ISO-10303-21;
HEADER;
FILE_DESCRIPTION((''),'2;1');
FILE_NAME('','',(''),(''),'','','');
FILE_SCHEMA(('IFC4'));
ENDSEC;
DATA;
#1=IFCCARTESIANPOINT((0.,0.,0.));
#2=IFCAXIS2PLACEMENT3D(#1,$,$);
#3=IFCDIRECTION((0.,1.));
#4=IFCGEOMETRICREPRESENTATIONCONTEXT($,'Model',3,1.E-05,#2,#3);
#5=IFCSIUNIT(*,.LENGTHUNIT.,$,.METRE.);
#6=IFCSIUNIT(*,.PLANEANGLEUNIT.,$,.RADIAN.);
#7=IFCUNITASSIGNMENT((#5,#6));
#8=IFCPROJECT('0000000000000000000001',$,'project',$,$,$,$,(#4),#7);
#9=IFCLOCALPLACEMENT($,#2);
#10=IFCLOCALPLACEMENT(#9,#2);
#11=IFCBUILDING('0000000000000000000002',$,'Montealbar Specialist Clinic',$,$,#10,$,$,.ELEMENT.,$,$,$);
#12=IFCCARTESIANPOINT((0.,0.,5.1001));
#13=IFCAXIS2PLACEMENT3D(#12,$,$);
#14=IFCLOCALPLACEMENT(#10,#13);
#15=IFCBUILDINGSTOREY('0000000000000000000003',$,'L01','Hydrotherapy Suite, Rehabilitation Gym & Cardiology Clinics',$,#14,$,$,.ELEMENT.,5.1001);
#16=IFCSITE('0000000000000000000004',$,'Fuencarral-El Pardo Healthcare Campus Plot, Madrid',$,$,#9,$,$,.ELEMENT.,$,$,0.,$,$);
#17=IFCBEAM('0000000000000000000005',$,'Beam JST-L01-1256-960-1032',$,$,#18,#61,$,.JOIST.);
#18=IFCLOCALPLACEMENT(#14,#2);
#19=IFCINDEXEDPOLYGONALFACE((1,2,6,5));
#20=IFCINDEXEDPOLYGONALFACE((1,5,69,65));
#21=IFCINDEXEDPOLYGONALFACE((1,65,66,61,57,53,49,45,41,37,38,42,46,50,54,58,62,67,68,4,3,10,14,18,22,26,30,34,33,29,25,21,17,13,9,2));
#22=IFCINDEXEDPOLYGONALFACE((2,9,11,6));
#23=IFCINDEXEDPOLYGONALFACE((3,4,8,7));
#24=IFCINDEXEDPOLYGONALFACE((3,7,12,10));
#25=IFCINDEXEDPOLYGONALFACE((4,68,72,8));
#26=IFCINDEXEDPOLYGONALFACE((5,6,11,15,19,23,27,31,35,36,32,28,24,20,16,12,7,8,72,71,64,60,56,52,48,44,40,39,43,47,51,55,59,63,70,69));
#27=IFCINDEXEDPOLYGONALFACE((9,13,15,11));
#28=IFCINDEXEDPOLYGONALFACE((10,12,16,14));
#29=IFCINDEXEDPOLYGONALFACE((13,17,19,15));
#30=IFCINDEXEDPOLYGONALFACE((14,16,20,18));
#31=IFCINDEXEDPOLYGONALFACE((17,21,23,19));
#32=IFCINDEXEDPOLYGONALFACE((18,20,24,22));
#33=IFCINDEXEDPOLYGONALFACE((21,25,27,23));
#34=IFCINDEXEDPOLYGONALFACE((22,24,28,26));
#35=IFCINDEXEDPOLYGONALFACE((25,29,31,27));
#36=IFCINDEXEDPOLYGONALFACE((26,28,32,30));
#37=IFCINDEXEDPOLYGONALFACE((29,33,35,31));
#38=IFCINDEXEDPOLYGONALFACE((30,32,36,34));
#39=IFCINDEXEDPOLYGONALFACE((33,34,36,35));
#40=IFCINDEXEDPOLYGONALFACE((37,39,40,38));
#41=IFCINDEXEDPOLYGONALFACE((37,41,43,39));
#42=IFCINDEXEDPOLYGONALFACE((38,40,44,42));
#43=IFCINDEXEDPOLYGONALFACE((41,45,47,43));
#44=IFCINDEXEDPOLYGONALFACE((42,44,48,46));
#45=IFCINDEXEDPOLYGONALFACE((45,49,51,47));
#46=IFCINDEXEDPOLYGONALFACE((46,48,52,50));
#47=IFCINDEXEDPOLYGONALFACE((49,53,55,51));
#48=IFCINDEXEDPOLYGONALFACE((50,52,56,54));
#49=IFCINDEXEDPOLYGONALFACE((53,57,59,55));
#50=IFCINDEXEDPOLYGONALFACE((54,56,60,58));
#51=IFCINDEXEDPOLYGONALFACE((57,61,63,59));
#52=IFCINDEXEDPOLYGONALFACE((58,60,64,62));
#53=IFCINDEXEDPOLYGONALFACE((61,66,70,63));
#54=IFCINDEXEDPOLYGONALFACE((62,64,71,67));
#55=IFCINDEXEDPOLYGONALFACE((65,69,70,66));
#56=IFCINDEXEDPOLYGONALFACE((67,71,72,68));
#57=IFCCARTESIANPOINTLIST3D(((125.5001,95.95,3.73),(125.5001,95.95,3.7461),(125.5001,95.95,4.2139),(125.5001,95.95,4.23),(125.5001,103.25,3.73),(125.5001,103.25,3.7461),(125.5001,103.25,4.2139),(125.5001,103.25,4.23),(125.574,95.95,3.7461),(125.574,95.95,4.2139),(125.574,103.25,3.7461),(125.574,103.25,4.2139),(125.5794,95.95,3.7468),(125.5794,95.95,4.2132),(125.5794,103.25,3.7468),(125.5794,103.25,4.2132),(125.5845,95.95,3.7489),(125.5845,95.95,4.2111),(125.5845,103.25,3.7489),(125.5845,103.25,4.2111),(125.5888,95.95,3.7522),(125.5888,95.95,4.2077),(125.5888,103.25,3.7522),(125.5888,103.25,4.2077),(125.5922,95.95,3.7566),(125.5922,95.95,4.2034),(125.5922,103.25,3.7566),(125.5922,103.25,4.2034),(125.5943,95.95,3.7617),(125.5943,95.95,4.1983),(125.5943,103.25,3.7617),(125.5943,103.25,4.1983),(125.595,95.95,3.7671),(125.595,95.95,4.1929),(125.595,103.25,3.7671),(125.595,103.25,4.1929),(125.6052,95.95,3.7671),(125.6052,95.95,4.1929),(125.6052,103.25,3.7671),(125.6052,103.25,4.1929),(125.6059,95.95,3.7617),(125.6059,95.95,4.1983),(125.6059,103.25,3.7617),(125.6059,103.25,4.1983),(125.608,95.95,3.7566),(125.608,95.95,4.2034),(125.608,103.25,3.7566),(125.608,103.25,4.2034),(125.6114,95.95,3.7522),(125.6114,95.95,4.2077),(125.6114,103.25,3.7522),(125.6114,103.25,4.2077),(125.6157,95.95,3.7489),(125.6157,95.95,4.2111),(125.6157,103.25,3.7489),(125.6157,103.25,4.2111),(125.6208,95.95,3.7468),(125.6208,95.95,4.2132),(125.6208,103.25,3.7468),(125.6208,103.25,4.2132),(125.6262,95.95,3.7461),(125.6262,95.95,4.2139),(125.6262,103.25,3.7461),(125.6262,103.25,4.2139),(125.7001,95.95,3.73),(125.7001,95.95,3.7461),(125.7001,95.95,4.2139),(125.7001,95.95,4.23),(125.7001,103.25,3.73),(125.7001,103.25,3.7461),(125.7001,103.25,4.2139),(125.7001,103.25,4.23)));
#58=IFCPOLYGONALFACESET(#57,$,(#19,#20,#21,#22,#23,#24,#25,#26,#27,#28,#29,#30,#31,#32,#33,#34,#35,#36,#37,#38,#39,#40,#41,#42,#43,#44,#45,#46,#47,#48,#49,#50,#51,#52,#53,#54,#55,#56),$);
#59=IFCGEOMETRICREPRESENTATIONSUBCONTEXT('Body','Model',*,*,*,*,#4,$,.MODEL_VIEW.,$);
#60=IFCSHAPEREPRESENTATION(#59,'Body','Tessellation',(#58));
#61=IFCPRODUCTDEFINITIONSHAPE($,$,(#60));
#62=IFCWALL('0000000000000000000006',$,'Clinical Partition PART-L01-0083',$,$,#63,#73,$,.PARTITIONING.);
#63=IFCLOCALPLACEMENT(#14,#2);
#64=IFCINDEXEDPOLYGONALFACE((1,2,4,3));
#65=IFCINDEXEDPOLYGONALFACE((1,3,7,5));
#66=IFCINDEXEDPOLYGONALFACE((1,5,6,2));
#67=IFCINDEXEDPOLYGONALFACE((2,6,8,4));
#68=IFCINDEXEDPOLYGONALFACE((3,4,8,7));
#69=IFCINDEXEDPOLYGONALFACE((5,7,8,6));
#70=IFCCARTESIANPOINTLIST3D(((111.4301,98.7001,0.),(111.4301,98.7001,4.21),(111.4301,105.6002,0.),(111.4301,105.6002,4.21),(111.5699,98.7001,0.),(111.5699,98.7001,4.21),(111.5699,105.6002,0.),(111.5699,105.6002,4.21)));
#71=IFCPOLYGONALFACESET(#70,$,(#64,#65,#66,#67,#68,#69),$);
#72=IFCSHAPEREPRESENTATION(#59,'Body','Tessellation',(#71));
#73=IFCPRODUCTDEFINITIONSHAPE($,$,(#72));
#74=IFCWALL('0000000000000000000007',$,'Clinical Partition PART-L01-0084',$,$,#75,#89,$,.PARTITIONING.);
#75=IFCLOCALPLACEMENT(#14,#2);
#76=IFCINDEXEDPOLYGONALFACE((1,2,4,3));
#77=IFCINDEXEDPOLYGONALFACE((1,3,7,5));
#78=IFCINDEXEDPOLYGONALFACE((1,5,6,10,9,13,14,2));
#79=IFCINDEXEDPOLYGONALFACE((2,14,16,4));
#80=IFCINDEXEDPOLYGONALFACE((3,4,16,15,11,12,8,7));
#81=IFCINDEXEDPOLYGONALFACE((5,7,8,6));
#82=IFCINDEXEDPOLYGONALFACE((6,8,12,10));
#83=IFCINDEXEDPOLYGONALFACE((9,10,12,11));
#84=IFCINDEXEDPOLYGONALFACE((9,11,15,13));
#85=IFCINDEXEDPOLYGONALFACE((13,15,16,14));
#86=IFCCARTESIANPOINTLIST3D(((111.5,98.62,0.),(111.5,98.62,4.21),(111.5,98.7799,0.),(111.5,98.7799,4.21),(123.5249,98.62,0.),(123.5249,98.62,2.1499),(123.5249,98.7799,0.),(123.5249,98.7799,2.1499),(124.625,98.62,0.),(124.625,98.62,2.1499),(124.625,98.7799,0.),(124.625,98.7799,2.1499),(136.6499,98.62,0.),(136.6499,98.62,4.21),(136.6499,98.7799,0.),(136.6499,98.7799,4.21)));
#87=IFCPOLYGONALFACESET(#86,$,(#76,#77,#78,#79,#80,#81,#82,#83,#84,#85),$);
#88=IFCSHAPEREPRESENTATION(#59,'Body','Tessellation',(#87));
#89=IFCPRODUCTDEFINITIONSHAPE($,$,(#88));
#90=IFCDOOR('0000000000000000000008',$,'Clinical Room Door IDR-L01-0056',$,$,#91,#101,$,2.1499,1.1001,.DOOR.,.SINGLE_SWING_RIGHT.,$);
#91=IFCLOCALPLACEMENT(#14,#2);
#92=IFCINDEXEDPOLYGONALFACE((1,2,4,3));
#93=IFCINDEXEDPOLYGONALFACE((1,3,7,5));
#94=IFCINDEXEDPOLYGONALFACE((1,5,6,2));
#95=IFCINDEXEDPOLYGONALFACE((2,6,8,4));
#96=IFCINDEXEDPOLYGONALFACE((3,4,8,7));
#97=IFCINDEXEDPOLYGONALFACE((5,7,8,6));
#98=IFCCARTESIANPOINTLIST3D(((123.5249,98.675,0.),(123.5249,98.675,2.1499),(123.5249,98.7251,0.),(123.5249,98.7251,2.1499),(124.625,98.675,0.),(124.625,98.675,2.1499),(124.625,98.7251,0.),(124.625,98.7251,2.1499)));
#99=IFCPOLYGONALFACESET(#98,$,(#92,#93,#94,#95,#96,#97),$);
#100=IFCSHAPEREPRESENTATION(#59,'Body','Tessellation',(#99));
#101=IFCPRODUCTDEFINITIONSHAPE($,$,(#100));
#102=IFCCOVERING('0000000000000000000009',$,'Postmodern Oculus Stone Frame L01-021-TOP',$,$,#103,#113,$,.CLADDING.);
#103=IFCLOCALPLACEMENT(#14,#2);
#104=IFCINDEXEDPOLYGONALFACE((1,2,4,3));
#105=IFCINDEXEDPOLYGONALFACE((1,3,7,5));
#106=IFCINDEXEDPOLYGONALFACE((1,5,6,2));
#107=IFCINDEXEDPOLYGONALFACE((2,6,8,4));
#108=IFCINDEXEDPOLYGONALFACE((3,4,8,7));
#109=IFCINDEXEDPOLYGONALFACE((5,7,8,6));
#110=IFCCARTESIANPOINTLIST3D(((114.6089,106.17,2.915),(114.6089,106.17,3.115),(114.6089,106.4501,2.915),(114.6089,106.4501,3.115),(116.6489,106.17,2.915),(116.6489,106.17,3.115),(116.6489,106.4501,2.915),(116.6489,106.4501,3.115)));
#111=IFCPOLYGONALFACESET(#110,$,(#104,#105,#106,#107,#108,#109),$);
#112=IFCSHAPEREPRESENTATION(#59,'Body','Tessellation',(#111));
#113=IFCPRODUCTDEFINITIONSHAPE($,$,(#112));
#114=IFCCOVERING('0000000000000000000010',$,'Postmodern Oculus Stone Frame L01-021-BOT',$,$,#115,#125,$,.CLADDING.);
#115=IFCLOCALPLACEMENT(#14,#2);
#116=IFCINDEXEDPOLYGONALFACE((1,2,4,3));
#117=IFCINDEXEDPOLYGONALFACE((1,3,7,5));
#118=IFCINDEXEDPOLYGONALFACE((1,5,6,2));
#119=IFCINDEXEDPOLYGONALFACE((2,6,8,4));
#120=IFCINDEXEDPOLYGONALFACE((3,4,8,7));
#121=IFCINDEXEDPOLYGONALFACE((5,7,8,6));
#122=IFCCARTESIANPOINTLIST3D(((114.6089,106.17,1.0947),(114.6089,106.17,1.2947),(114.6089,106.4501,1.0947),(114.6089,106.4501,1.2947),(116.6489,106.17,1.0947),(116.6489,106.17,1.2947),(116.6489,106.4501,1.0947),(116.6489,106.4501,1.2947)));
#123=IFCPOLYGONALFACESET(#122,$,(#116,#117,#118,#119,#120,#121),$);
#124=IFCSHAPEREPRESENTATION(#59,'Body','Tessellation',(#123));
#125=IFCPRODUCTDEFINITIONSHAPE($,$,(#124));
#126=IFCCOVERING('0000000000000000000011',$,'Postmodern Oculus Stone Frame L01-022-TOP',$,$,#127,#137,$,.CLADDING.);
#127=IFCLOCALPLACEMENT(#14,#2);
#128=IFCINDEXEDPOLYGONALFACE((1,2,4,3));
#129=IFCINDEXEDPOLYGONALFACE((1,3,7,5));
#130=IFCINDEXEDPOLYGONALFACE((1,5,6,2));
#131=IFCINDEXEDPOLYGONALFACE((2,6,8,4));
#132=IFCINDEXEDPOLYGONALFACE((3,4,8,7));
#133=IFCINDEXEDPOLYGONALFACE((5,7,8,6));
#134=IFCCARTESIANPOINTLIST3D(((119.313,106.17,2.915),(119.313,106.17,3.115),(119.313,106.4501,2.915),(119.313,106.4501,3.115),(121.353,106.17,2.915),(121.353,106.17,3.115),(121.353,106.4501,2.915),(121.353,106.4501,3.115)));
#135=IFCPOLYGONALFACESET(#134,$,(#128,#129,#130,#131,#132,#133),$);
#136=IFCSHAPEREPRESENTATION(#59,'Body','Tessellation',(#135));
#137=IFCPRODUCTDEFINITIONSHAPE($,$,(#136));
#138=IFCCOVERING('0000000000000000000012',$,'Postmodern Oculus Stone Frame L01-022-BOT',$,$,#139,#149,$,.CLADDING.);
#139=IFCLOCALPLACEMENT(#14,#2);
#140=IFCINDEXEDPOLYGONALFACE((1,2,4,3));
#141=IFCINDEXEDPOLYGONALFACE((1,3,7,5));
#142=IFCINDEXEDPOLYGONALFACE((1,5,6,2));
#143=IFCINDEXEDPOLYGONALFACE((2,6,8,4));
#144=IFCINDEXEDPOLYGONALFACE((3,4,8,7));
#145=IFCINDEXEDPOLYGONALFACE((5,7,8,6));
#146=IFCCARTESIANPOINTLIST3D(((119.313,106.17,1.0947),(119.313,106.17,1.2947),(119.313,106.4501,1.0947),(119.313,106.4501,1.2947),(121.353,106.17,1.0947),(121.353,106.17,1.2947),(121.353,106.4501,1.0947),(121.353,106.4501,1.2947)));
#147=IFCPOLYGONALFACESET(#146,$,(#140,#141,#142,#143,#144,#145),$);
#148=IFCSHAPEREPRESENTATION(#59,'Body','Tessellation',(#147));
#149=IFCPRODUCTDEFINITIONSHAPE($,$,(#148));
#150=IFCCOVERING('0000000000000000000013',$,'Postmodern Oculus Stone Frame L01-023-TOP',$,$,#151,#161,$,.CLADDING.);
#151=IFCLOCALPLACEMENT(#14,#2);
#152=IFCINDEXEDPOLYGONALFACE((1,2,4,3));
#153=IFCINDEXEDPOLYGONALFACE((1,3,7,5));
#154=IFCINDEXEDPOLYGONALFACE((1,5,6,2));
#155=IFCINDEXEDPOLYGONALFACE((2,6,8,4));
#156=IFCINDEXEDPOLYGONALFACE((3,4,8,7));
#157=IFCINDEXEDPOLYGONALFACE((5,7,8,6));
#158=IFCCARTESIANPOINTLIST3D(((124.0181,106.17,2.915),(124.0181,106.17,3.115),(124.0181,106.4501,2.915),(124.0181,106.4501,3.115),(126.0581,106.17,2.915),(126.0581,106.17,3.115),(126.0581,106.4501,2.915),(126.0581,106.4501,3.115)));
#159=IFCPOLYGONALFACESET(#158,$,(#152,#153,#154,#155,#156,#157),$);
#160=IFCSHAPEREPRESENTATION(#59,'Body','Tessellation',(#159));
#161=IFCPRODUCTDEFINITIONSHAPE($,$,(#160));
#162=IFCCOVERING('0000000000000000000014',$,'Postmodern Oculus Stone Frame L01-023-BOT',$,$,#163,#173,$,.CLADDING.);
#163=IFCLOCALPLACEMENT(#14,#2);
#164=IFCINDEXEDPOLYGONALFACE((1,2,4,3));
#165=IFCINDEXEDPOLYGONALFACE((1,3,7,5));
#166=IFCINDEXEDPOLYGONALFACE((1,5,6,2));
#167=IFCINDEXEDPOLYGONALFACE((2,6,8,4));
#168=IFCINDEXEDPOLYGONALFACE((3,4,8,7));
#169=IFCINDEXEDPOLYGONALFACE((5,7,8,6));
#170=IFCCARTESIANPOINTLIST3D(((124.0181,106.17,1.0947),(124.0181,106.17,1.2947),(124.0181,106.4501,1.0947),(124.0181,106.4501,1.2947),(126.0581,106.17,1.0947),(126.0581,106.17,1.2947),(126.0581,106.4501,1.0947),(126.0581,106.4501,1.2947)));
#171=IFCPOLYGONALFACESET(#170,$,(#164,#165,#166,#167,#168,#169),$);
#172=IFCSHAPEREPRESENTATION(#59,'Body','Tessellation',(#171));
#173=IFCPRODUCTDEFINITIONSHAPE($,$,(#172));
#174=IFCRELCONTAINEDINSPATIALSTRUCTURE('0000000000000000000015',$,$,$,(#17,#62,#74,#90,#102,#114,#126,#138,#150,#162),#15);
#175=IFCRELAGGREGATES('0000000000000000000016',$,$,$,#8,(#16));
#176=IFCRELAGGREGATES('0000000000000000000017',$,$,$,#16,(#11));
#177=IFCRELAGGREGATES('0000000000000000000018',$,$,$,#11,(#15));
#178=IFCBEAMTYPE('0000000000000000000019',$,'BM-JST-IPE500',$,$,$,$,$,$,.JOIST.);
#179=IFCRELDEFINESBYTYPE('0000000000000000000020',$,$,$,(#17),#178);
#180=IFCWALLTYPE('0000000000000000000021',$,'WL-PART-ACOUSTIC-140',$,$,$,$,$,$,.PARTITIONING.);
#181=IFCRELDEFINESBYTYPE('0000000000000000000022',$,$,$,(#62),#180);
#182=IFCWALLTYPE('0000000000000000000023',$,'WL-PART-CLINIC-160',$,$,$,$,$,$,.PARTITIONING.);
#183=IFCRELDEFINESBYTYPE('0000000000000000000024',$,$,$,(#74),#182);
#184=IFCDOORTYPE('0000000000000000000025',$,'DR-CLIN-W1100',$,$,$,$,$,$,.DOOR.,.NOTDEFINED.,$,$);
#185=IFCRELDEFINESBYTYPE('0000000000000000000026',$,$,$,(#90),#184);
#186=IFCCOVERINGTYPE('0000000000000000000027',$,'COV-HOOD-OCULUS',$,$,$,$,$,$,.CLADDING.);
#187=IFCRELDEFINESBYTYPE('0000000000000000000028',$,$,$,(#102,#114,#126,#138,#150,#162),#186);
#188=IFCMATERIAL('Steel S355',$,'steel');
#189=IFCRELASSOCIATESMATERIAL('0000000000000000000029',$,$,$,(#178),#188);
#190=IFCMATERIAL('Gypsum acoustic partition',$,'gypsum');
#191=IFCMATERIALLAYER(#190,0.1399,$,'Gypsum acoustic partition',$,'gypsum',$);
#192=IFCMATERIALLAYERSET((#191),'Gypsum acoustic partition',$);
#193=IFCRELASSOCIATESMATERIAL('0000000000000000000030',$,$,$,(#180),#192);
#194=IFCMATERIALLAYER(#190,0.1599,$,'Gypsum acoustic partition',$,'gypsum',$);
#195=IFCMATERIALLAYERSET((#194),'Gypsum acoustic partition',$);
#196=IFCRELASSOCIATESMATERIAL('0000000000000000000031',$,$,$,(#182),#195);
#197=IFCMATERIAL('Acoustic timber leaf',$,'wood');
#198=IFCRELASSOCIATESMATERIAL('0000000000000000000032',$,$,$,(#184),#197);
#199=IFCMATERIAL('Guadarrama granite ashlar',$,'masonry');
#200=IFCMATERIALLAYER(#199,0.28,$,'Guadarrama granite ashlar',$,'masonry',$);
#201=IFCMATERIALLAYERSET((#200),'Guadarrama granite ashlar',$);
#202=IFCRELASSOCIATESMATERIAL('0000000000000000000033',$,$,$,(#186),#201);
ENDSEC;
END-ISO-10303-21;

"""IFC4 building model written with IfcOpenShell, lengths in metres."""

from ifc_helpers import new_model, si_unit, direction, frame, frame_2d, origin, origin_2d, place, context, subcontext, project, spatial, rectangle, i_section, extrude, material, layer, layer_set, material_profile, profile_set, type_object, element, fill, save


model = new_model("IFC4")

# Units and contexts
model_context = context("Model", 3, precision=1e-05, world=origin(), true_north=direction((0.0, 1.0)))
body_context = subcontext(model_context, "Body", "Model", "MODEL_VIEW")
ifc_project = project(units=[si_unit("LENGTHUNIT", "METRE"), si_unit("PLANEANGLEUNIT", "RADIAN")], contexts=[model_context])

# Site, building, storey
site_placement = place(None, origin())
site = spatial("IfcSite", under=ifc_project, at=site_placement, Name="Fuencarral-El Pardo Healthcare Campus Plot, Madrid", CompositionType="ELEMENT", RefElevation=0.0)
building_placement = place(site_placement, origin())
building = spatial("IfcBuilding", under=site, at=building_placement, Name="Montealbar Specialist Clinic", CompositionType="ELEMENT")
storey_placement = place(building_placement, frame((0.0, 0.0, 5.1001)))
storey = spatial("IfcBuildingStorey", under=building, at=storey_placement, Name="L01", Description="Hydrotherapy Suite, Rehabilitation Gym & Cardiology Clinics", CompositionType="ELEMENT", Elevation=5.1001)

# Shared definitions
ifc_material_1 = material(Name="Steel S355", Category="steel")
ifc_material_2 = material(Name="Guadarrama granite ashlar", Category="masonry")

# Beam
ifc_material_profile_1 = material_profile(ifc_material_1, i_section(OverallWidth=0.2, OverallDepth=0.5, WebThickness=0.0103, FlangeThickness=0.0161, FilletRadius=0.021, at=origin_2d()), Name="IPE 500", Category="steel")
ifc_profile_set_1 = profile_set([ifc_material_profile_1], Name="Steel S355")
beam_type_1 = type_object("IfcBeamType", Name="BM-JST-IPE500", PredefinedType="JOIST", material=ifc_profile_set_1)
beam_1_placement = place(storey_placement, frame((125.6001, 95.95, 3.98), z_axis=(0.0, 1.0, 0.0), x_axis=(-1.0, 0.0, 0.0)))
element("IfcBeam", 1, at=beam_1_placement, inside=storey, type_object=beam_type_1, Name="Beam JST-L01-1256-960-1032", PredefinedType="JOIST", context=body_context, shape_type="SweptSolid", body=[
    extrude(i_section(OverallWidth=0.2, OverallDepth=0.5, WebThickness=0.0103, FlangeThickness=0.0161, FilletRadius=0.021, at=origin_2d()), origin(), (0.0, 0.0, 1.0), 7.3),
])

# Wall
ifc_material_3 = material(Name="Gypsum acoustic partition", Category="gypsum")
ifc_layer_1 = layer(ifc_material_3, 0.1399, Name="Gypsum acoustic partition", Category="gypsum")
ifc_layer_set_1 = layer_set([ifc_layer_1], Name="Gypsum acoustic partition")
wall_type_1 = type_object("IfcWallType", Name="WL-PART-ACOUSTIC-140", PredefinedType="PARTITIONING", material=ifc_layer_set_1)
wall_1_placement = place(storey_placement, frame((111.5, 98.7, 0.0), z_axis=(0.0, 0.0, 1.0), x_axis=(0.0, 1.0, 0.0)))
element("IfcWall", 2, at=wall_1_placement, inside=storey, type_object=wall_type_1, Name="Clinical Partition PART-L01-0083", PredefinedType="PARTITIONING", context=body_context, shape_type="SweptSolid", body=[
    extrude(rectangle(XDim=6.9001, YDim=0.1399, at=frame_2d((3.4502, 0.0))), origin(), (0.0, 0.0, 1.0), 4.21),
])

# Wall, opening, door
ifc_layer_2 = layer(ifc_material_3, 0.1599, Name="Gypsum acoustic partition", Category="gypsum")
ifc_layer_set_2 = layer_set([ifc_layer_2], Name="Gypsum acoustic partition")
wall_type_2 = type_object("IfcWallType", Name="WL-PART-CLINIC-160", PredefinedType="PARTITIONING", material=ifc_layer_set_2)
wall_2_placement = place(storey_placement, frame((111.5, 98.7, 0.0), z_axis=(0.0, 0.0, 1.0), x_axis=(1.0, 0.0, 0.0)))
wall_2 = element("IfcWall", 3, at=wall_2_placement, inside=storey, type_object=wall_type_2, Name="Clinical Partition PART-L01-0084", PredefinedType="PARTITIONING", context=body_context, shape_type="SweptSolid", body=[
    extrude(rectangle(XDim=25.1499, YDim=0.1599, at=frame_2d((12.575, 0.0))), origin(), (0.0, 0.0, 1.0), 4.21),
])
opening_placement = place(wall_2_placement, frame((12.0249, 0.0, 0.0)))
opening = element("IfcOpeningElement", 4, at=opening_placement, cuts=wall_2, PredefinedType="OPENING", context=body_context, shape_type="SweptSolid", body=[
    extrude(rectangle(XDim=1.1001, YDim=2.1499, at=frame_2d((0.55, 1.075))), frame((0.0, 0.0898, 0.0), z_axis=(0.0, -1.0, 0.0), x_axis=(1.0, 0.0, 0.0)), (0.0, 0.0, 1.0), 0.1799),
])
ifc_material_4 = material(Name="Acoustic timber leaf", Category="wood")
door_type = type_object("IfcDoorType", Name="DR-CLIN-W1100", OperationType="NOTDEFINED", PredefinedType="DOOR", material=ifc_material_4)
door_placement = place(opening_placement, frame((1.1001, 0.0, 0.0), z_axis=(0.0, 0.0, 1.0), x_axis=(-1.0, 0.0, 0.0)))
door = element("IfcDoor", 5, at=door_placement, inside=storey, type_object=door_type, Name="Clinical Room Door IDR-L01-0056", OperationType="SINGLE_SWING_RIGHT", OverallHeight=2.1499, OverallWidth=1.1001, PredefinedType="DOOR", context=body_context, shape_type="SweptSolid", body=[
    extrude(rectangle(XDim=1.1001, YDim=2.1499, at=frame_2d((0.55, 1.075))), frame((0.0, 0.0249, 0.0), z_axis=(0.0, -1.0, 0.0), x_axis=(1.0, 0.0, 0.0)), (0.0, 0.0, 1.0), 0.05),
])
fill(opening, door)

# Coverings
ifc_layer_3 = layer(ifc_material_2, 0.28, Name="Guadarrama granite ashlar", Category="masonry")
ifc_layer_set_3 = layer_set([ifc_layer_3], Name="Guadarrama granite ashlar")
covering_type = type_object("IfcCoveringType", Name="COV-HOOD-OCULUS", PredefinedType="CLADDING", material=ifc_layer_set_3)
for number, where, z_axis, x_axis, name in (
    (6, (115.6289, 106.3101, 2.915), (0.0, 0.0, 1.0), (1.0, 0.0, 0.0), "Postmodern Oculus Stone Frame L01-021-TOP"),
    (7, (115.6289, 106.3101, 1.0947), (0.0, 0.0, 1.0), (1.0, 0.0, 0.0), "Postmodern Oculus Stone Frame L01-021-BOT"),
    (8, (120.333, 106.3101, 2.915), (0.0, 0.0, 1.0), (1.0, 0.0, 0.0), "Postmodern Oculus Stone Frame L01-022-TOP"),
    (9, (120.333, 106.3101, 1.0947), (0.0, 0.0, 1.0), (1.0, 0.0, 0.0), "Postmodern Oculus Stone Frame L01-022-BOT"),
    (10, (125.0381, 106.3101, 2.915), (0.0, 0.0, 1.0), (1.0, 0.0, 0.0), "Postmodern Oculus Stone Frame L01-023-TOP"),
    (11, (125.0381, 106.3101, 1.0947), (0.0, 0.0, 1.0), (1.0, 0.0, 0.0), "Postmodern Oculus Stone Frame L01-023-BOT"),
):
    element("IfcCovering", number, at=place(storey_placement, frame(where, z_axis=z_axis, x_axis=x_axis)), inside=storey, type_object=covering_type, Name=name, PredefinedType="CLADDING", context=body_context, shape_type="SweptSolid", body=[
        extrude(rectangle(XDim=2.04, YDim=0.28, at=origin_2d()), origin(), (0.0, 0.0, 1.0), 0.2),
    ])

save(model, "model.ifc")
